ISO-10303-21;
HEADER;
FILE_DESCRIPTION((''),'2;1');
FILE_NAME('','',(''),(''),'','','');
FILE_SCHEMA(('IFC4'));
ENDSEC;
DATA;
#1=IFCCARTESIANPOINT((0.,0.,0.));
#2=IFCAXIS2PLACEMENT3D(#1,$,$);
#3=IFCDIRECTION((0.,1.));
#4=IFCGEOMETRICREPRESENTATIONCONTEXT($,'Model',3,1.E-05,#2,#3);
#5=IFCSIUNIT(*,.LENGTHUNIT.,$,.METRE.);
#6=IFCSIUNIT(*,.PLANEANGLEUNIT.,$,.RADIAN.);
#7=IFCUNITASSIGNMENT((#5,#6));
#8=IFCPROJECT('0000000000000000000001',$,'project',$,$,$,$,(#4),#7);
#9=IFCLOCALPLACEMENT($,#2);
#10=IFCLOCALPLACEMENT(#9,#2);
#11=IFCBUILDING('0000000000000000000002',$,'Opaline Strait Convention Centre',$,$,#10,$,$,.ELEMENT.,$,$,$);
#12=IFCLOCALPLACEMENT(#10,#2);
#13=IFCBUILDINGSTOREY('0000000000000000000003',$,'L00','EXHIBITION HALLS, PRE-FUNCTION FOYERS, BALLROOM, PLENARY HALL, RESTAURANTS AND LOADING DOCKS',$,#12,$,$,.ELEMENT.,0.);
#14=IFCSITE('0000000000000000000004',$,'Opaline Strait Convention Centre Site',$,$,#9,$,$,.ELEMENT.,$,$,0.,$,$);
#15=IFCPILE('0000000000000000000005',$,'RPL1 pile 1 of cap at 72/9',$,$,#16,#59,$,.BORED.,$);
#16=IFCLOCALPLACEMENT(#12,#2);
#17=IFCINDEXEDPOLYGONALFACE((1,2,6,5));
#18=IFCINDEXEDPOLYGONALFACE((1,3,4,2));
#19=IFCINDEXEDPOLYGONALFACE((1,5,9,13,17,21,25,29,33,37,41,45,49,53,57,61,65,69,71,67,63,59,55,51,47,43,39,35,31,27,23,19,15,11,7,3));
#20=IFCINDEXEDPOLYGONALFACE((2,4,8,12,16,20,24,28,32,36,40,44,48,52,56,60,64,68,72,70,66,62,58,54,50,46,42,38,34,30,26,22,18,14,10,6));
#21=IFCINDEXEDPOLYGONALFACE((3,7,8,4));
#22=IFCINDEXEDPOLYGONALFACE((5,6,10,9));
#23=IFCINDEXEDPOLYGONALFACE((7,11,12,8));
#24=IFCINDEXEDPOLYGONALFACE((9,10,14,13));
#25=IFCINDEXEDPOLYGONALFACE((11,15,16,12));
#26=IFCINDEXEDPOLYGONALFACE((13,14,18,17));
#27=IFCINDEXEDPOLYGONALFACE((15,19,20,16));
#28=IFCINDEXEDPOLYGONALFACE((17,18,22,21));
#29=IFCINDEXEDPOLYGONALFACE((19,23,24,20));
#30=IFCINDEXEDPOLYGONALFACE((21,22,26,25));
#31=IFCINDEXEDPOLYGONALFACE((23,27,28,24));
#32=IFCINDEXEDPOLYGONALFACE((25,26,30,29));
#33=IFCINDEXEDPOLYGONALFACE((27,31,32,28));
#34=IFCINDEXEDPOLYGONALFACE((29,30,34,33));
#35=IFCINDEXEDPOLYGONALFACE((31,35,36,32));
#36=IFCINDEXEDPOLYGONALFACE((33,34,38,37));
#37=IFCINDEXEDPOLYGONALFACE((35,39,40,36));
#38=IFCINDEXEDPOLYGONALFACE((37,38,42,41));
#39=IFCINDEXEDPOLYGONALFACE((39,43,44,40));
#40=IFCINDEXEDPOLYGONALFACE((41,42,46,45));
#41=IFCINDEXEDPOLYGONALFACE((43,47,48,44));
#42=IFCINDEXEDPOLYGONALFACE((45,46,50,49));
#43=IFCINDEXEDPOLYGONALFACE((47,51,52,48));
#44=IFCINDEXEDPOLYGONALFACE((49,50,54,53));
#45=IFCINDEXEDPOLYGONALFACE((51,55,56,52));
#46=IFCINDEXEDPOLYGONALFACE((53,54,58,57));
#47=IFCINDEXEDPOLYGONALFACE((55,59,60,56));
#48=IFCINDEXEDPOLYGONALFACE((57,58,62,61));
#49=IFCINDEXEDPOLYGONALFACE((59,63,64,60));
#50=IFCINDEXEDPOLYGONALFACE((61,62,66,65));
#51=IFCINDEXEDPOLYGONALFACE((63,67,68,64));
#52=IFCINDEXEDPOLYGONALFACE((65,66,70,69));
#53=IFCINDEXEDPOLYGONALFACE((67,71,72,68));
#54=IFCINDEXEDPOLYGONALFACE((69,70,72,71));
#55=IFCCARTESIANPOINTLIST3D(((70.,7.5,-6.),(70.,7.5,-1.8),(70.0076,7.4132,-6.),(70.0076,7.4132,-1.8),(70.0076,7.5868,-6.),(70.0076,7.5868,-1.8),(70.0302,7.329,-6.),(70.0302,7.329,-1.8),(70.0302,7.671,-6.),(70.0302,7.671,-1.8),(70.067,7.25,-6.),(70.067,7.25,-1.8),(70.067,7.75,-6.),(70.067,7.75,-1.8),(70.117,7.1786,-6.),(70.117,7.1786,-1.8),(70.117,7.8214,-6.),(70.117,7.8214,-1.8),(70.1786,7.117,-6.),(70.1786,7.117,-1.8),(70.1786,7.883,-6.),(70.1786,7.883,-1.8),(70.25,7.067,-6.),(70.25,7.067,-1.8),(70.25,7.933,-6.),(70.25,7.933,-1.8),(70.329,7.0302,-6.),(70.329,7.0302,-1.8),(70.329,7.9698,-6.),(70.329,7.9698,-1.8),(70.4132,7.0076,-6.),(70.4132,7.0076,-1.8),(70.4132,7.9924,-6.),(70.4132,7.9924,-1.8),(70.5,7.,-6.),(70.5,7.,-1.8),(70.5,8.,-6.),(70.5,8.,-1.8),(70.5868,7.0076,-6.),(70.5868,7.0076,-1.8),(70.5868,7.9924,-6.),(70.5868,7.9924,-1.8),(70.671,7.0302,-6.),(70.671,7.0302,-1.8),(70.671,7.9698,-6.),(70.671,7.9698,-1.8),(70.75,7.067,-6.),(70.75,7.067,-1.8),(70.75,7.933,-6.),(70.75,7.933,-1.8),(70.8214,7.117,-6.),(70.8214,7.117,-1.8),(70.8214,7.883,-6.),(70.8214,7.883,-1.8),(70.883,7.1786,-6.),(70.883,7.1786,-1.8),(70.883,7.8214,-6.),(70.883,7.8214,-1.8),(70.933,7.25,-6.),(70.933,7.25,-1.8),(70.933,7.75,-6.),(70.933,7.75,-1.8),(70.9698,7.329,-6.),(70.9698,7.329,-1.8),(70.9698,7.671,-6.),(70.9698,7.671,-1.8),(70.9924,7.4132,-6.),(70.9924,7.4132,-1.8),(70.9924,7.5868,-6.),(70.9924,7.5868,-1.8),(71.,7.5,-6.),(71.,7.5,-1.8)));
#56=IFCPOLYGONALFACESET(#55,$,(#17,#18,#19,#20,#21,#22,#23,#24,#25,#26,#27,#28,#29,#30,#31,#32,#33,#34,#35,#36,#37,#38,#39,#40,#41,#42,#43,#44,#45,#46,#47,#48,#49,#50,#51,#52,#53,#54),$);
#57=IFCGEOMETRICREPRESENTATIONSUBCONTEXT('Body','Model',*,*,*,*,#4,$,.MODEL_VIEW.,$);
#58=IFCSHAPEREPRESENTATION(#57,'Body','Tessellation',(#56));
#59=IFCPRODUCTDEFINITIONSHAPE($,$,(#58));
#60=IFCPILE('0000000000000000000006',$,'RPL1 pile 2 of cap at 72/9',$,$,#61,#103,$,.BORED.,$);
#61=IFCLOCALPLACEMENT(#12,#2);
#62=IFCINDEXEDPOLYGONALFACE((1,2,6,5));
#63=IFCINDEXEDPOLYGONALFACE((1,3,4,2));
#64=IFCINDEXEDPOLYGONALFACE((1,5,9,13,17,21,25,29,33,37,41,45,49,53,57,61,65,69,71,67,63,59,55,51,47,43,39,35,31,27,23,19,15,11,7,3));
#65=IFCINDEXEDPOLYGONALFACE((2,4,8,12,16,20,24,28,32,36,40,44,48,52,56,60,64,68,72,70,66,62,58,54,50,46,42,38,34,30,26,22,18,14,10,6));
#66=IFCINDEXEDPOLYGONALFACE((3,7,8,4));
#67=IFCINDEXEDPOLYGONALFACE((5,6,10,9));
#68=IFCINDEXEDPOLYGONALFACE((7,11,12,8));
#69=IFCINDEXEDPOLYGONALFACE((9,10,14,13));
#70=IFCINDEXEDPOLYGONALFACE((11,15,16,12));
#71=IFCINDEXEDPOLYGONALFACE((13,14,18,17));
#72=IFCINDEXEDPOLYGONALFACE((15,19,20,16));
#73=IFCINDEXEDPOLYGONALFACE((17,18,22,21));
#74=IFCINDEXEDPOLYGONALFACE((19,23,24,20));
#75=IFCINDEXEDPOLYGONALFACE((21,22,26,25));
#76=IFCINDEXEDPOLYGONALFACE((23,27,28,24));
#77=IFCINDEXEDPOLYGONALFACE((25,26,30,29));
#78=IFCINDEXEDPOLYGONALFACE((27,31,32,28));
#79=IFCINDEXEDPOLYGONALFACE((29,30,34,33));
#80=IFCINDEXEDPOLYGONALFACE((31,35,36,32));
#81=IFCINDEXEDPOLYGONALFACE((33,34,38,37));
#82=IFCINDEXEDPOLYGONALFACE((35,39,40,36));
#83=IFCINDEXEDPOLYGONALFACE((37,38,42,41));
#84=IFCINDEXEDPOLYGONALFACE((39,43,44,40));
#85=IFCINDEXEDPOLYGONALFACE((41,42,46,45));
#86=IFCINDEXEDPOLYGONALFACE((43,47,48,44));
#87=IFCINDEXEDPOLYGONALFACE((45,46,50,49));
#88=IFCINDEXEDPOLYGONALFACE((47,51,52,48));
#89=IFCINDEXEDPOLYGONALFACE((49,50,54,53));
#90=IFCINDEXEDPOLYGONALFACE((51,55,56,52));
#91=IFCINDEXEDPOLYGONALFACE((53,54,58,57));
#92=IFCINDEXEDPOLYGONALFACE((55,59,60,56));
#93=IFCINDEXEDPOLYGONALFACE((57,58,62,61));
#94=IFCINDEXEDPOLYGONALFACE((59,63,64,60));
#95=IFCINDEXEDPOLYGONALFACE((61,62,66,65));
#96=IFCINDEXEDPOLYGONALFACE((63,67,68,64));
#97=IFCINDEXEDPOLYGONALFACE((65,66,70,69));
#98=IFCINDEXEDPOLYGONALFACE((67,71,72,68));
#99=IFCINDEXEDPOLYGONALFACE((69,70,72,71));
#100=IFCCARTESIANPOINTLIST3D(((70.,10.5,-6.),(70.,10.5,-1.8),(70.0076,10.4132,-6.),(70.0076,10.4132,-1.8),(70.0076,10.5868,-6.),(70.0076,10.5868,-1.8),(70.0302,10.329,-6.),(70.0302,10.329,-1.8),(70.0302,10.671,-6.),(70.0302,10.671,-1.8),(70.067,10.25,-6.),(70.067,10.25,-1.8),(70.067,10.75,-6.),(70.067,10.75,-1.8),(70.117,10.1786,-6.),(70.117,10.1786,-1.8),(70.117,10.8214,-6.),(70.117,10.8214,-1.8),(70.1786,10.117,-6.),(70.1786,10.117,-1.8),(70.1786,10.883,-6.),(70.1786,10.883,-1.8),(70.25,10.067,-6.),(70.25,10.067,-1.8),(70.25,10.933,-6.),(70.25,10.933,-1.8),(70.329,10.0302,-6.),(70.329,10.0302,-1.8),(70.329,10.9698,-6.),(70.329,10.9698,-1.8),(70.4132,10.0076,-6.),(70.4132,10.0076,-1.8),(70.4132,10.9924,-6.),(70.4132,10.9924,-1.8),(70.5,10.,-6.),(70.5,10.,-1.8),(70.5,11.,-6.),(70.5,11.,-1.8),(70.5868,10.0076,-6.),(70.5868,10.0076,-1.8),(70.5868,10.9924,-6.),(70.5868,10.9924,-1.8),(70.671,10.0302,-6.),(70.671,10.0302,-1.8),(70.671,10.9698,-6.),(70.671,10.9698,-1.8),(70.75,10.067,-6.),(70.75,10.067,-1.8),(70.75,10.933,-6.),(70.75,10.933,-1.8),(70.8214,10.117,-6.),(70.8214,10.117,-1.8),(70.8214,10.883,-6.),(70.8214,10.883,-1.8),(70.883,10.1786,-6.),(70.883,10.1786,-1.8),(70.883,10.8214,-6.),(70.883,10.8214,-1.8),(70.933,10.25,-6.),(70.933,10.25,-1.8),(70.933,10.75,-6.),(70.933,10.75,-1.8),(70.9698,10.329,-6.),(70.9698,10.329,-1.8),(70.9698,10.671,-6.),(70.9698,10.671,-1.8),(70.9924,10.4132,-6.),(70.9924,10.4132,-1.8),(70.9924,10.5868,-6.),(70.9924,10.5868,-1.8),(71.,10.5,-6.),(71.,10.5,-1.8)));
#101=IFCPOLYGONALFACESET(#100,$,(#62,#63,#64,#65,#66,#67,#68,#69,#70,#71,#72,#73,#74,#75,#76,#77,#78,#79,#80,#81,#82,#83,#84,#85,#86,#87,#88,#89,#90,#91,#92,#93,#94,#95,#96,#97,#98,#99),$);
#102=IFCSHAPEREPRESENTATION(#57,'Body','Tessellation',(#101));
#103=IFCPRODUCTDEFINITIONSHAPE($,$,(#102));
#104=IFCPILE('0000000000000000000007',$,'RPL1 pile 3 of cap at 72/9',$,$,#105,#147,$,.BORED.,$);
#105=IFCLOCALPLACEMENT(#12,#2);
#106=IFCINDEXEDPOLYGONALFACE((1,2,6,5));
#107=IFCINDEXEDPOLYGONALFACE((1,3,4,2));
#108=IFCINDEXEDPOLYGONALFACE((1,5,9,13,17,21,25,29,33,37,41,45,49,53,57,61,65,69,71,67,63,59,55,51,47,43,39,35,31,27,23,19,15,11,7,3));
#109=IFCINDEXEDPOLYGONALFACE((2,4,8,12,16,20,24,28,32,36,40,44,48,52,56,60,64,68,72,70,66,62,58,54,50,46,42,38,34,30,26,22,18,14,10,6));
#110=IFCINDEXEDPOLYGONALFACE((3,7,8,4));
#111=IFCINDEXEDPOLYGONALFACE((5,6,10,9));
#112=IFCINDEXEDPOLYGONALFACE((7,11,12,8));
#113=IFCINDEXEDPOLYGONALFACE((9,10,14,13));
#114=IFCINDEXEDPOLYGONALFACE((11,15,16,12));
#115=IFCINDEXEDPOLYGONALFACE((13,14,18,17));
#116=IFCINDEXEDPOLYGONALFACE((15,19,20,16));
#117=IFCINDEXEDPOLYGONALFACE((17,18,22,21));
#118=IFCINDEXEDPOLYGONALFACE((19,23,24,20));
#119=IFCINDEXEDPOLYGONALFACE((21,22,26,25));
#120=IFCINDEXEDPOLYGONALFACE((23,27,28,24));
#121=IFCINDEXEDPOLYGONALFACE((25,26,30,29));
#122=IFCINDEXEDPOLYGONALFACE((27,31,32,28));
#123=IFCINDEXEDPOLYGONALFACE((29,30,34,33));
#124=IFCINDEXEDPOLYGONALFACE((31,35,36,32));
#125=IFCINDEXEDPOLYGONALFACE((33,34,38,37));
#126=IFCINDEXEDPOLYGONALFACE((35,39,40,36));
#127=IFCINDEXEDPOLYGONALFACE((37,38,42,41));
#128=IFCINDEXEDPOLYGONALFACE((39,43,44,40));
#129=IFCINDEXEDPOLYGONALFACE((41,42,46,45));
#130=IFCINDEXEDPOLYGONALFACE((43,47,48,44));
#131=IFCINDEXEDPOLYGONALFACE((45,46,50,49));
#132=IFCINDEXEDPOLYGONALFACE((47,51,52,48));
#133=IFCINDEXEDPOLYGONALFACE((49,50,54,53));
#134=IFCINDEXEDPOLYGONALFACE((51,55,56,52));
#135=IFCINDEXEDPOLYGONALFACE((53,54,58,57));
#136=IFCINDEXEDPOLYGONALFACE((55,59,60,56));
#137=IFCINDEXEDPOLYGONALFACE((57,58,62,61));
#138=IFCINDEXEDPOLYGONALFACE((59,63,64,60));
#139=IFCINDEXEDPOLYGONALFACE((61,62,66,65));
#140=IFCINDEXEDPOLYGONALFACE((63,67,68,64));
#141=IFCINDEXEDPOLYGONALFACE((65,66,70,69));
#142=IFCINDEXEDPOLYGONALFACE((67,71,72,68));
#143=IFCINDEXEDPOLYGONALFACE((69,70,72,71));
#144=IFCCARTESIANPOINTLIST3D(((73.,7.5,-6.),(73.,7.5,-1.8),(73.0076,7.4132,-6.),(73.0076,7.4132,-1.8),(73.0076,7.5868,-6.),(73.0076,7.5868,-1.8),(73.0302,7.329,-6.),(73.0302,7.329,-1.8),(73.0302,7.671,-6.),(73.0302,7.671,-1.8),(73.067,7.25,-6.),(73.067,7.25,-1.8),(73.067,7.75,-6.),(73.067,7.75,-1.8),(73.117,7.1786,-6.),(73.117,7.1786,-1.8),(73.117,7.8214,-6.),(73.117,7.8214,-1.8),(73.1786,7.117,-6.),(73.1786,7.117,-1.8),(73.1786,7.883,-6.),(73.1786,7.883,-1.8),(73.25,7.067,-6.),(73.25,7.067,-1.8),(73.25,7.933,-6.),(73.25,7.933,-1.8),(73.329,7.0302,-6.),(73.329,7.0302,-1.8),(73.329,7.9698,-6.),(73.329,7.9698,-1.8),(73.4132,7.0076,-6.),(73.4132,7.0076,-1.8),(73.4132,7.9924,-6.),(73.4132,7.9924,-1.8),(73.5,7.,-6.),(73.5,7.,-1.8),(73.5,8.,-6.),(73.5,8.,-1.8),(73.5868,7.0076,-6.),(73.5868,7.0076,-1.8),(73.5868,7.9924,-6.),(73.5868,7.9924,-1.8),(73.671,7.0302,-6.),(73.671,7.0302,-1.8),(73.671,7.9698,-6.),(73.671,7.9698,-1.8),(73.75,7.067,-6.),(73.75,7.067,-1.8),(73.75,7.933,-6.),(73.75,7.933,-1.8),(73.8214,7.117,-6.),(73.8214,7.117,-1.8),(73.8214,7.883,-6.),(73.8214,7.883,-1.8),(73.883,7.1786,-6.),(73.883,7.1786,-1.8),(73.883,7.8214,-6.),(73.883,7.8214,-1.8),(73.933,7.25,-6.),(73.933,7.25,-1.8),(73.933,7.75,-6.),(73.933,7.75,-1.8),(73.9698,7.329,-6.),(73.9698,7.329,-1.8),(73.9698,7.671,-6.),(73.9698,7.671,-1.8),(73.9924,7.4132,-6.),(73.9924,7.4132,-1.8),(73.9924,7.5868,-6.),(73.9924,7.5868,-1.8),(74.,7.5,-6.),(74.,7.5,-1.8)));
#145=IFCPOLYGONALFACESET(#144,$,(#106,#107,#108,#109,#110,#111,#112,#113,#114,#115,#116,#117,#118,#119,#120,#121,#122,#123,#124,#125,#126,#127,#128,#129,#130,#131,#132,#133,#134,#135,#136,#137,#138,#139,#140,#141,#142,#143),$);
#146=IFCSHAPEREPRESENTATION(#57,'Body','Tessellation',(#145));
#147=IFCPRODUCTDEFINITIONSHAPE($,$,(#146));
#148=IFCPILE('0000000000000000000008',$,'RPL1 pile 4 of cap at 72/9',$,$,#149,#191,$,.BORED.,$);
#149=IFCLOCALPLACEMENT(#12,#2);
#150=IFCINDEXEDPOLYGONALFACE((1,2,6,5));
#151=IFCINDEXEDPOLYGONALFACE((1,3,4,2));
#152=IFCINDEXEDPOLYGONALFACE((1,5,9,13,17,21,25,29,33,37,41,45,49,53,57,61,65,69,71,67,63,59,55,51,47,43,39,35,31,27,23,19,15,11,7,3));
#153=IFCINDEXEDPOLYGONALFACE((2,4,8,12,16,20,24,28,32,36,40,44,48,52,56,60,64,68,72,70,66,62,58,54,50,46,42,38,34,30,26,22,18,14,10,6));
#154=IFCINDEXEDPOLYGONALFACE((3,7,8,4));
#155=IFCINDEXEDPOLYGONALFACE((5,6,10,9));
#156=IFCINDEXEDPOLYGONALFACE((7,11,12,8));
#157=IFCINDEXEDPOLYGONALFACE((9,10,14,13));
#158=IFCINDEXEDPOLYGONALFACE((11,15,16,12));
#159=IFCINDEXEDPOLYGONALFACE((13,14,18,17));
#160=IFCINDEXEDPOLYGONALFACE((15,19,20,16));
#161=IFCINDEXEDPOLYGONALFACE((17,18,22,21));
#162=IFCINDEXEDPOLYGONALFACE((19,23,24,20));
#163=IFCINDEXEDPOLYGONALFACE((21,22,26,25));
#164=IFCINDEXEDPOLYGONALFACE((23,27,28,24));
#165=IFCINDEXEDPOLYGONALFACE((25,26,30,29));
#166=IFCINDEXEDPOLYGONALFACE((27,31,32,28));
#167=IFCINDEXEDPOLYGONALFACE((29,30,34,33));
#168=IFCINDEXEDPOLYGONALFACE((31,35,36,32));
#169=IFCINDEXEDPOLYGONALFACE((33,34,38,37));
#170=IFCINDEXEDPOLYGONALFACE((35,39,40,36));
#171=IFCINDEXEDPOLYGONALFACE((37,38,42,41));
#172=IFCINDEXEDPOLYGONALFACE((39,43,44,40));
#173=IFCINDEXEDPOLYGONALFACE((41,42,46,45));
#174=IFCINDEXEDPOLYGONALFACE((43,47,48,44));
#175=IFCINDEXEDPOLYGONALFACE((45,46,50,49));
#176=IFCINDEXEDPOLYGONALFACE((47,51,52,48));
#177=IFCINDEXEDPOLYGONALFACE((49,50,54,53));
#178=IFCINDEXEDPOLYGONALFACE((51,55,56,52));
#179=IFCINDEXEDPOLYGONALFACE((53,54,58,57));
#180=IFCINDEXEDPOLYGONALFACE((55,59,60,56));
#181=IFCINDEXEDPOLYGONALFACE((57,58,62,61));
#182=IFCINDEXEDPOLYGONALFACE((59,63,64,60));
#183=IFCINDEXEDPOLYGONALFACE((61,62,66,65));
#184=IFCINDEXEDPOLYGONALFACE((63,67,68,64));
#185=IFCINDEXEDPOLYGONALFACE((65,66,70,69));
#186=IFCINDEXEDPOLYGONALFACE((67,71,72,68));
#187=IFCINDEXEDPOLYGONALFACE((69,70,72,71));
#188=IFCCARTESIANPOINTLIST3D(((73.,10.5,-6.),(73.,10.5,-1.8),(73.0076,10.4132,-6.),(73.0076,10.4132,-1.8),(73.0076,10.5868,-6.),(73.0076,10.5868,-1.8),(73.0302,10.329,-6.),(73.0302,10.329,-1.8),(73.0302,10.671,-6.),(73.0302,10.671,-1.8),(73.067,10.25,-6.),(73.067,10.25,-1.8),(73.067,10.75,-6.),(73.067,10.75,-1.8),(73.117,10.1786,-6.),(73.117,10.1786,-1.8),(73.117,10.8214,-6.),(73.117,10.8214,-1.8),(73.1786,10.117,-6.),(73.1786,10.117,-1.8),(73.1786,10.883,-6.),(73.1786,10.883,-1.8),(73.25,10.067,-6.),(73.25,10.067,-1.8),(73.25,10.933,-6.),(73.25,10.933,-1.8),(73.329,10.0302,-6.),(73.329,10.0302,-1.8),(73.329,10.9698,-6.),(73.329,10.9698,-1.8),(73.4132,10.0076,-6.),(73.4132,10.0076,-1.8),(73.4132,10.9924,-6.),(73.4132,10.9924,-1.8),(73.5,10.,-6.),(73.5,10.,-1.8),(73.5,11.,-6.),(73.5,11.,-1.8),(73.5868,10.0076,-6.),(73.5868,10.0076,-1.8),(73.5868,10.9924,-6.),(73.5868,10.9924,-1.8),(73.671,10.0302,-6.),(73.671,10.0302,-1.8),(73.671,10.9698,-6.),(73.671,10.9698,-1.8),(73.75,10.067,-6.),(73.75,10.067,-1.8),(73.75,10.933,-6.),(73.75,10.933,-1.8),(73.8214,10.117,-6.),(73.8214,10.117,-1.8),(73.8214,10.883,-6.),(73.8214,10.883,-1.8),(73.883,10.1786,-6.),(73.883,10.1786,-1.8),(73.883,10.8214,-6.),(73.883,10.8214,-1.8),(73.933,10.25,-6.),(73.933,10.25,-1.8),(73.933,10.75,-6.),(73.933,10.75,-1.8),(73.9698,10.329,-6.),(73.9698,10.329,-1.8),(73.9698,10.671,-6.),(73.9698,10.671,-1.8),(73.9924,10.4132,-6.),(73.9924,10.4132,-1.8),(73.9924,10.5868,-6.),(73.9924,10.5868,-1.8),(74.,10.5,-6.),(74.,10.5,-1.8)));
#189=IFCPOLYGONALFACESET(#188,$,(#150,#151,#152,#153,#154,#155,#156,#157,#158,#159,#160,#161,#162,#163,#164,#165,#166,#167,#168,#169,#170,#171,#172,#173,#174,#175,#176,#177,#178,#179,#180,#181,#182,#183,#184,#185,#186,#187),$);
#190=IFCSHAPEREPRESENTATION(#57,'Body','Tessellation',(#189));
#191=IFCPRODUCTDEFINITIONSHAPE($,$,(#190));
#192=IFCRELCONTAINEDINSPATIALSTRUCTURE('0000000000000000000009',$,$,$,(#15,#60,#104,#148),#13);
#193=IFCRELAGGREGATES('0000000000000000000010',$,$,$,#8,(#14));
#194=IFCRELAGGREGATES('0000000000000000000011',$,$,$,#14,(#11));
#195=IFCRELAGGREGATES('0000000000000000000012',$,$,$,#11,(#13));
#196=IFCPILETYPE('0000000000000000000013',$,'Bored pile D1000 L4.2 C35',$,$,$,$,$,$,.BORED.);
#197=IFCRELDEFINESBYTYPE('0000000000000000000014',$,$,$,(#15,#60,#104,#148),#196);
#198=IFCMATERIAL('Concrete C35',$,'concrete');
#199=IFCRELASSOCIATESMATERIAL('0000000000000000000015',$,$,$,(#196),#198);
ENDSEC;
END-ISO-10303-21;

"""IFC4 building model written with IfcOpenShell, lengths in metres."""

from ifc_helpers import new_model, si_unit, direction, frame, origin, origin_2d, place, context, subcontext, project, spatial, circle, extrude, material, material_profile, profile_set, type_object, element, save


model = new_model("IFC4")

# Units and contexts
model_context = context("Model", 3, precision=1e-05, world=origin(), true_north=direction((0.0, 1.0)))
body_context = subcontext(model_context, "Body", "Model", "MODEL_VIEW")
ifc_project = project(units=[si_unit("LENGTHUNIT", "METRE"), si_unit("PLANEANGLEUNIT", "RADIAN")], contexts=[model_context])

# Site, building, storey
site_placement = place(None, origin())
site = spatial("IfcSite", under=ifc_project, at=site_placement, Name="Opaline Strait Convention Centre Site", CompositionType="ELEMENT", RefElevation=0.0)
building_placement = place(site_placement, origin())
building = spatial("IfcBuilding", under=site, at=building_placement, Name="Opaline Strait Convention Centre", CompositionType="ELEMENT")
storey_placement = place(building_placement, origin())
storey = spatial("IfcBuildingStorey", under=building, at=storey_placement, Name="L00", Description="EXHIBITION HALLS, PRE-FUNCTION FOYERS, BALLROOM, PLENARY HALL, RESTAURANTS AND LOADING DOCKS", CompositionType="ELEMENT", Elevation=0.0)

# Piles
ifc_material_1 = material(Name="Concrete C35", Category="concrete")
ifc_material_profile_1 = material_profile(ifc_material_1, circle(Radius=0.5, at=origin_2d()), Name="D1000")
ifc_profile_set_1 = profile_set([ifc_material_profile_1], Name="Concrete C35")
pile_type = type_object("IfcPileType", Name="Bored pile D1000 L4.2 C35", PredefinedType="BORED", material=ifc_profile_set_1)
for number, where, z_axis, x_axis, name in (
    (1, (70.5, 7.5, -1.8), (0.0, 0.0, -1.0), (1.0, 0.0, 0.0), "RPL1 pile 1 of cap at 72/9"),
    (2, (70.5, 10.5, -1.8), (0.0, 0.0, -1.0), (1.0, 0.0, 0.0), "RPL1 pile 2 of cap at 72/9"),
    (3, (73.5, 7.5, -1.8), (0.0, 0.0, -1.0), (1.0, 0.0, 0.0), "RPL1 pile 3 of cap at 72/9"),
    (4, (73.5, 10.5, -1.8), (0.0, 0.0, -1.0), (1.0, 0.0, 0.0), "RPL1 pile 4 of cap at 72/9"),
):
    element("IfcPile", number, at=place(storey_placement, frame(where, z_axis=z_axis, x_axis=x_axis)), inside=storey, type_object=pile_type, Name=name, PredefinedType="BORED", context=body_context, shape_type="SweptSolid", body=[
        extrude(circle(Radius=0.5, at=origin_2d()), origin(), (0.0, 0.0, 1.0), 4.2),
    ])

save(model, "model.ifc")
